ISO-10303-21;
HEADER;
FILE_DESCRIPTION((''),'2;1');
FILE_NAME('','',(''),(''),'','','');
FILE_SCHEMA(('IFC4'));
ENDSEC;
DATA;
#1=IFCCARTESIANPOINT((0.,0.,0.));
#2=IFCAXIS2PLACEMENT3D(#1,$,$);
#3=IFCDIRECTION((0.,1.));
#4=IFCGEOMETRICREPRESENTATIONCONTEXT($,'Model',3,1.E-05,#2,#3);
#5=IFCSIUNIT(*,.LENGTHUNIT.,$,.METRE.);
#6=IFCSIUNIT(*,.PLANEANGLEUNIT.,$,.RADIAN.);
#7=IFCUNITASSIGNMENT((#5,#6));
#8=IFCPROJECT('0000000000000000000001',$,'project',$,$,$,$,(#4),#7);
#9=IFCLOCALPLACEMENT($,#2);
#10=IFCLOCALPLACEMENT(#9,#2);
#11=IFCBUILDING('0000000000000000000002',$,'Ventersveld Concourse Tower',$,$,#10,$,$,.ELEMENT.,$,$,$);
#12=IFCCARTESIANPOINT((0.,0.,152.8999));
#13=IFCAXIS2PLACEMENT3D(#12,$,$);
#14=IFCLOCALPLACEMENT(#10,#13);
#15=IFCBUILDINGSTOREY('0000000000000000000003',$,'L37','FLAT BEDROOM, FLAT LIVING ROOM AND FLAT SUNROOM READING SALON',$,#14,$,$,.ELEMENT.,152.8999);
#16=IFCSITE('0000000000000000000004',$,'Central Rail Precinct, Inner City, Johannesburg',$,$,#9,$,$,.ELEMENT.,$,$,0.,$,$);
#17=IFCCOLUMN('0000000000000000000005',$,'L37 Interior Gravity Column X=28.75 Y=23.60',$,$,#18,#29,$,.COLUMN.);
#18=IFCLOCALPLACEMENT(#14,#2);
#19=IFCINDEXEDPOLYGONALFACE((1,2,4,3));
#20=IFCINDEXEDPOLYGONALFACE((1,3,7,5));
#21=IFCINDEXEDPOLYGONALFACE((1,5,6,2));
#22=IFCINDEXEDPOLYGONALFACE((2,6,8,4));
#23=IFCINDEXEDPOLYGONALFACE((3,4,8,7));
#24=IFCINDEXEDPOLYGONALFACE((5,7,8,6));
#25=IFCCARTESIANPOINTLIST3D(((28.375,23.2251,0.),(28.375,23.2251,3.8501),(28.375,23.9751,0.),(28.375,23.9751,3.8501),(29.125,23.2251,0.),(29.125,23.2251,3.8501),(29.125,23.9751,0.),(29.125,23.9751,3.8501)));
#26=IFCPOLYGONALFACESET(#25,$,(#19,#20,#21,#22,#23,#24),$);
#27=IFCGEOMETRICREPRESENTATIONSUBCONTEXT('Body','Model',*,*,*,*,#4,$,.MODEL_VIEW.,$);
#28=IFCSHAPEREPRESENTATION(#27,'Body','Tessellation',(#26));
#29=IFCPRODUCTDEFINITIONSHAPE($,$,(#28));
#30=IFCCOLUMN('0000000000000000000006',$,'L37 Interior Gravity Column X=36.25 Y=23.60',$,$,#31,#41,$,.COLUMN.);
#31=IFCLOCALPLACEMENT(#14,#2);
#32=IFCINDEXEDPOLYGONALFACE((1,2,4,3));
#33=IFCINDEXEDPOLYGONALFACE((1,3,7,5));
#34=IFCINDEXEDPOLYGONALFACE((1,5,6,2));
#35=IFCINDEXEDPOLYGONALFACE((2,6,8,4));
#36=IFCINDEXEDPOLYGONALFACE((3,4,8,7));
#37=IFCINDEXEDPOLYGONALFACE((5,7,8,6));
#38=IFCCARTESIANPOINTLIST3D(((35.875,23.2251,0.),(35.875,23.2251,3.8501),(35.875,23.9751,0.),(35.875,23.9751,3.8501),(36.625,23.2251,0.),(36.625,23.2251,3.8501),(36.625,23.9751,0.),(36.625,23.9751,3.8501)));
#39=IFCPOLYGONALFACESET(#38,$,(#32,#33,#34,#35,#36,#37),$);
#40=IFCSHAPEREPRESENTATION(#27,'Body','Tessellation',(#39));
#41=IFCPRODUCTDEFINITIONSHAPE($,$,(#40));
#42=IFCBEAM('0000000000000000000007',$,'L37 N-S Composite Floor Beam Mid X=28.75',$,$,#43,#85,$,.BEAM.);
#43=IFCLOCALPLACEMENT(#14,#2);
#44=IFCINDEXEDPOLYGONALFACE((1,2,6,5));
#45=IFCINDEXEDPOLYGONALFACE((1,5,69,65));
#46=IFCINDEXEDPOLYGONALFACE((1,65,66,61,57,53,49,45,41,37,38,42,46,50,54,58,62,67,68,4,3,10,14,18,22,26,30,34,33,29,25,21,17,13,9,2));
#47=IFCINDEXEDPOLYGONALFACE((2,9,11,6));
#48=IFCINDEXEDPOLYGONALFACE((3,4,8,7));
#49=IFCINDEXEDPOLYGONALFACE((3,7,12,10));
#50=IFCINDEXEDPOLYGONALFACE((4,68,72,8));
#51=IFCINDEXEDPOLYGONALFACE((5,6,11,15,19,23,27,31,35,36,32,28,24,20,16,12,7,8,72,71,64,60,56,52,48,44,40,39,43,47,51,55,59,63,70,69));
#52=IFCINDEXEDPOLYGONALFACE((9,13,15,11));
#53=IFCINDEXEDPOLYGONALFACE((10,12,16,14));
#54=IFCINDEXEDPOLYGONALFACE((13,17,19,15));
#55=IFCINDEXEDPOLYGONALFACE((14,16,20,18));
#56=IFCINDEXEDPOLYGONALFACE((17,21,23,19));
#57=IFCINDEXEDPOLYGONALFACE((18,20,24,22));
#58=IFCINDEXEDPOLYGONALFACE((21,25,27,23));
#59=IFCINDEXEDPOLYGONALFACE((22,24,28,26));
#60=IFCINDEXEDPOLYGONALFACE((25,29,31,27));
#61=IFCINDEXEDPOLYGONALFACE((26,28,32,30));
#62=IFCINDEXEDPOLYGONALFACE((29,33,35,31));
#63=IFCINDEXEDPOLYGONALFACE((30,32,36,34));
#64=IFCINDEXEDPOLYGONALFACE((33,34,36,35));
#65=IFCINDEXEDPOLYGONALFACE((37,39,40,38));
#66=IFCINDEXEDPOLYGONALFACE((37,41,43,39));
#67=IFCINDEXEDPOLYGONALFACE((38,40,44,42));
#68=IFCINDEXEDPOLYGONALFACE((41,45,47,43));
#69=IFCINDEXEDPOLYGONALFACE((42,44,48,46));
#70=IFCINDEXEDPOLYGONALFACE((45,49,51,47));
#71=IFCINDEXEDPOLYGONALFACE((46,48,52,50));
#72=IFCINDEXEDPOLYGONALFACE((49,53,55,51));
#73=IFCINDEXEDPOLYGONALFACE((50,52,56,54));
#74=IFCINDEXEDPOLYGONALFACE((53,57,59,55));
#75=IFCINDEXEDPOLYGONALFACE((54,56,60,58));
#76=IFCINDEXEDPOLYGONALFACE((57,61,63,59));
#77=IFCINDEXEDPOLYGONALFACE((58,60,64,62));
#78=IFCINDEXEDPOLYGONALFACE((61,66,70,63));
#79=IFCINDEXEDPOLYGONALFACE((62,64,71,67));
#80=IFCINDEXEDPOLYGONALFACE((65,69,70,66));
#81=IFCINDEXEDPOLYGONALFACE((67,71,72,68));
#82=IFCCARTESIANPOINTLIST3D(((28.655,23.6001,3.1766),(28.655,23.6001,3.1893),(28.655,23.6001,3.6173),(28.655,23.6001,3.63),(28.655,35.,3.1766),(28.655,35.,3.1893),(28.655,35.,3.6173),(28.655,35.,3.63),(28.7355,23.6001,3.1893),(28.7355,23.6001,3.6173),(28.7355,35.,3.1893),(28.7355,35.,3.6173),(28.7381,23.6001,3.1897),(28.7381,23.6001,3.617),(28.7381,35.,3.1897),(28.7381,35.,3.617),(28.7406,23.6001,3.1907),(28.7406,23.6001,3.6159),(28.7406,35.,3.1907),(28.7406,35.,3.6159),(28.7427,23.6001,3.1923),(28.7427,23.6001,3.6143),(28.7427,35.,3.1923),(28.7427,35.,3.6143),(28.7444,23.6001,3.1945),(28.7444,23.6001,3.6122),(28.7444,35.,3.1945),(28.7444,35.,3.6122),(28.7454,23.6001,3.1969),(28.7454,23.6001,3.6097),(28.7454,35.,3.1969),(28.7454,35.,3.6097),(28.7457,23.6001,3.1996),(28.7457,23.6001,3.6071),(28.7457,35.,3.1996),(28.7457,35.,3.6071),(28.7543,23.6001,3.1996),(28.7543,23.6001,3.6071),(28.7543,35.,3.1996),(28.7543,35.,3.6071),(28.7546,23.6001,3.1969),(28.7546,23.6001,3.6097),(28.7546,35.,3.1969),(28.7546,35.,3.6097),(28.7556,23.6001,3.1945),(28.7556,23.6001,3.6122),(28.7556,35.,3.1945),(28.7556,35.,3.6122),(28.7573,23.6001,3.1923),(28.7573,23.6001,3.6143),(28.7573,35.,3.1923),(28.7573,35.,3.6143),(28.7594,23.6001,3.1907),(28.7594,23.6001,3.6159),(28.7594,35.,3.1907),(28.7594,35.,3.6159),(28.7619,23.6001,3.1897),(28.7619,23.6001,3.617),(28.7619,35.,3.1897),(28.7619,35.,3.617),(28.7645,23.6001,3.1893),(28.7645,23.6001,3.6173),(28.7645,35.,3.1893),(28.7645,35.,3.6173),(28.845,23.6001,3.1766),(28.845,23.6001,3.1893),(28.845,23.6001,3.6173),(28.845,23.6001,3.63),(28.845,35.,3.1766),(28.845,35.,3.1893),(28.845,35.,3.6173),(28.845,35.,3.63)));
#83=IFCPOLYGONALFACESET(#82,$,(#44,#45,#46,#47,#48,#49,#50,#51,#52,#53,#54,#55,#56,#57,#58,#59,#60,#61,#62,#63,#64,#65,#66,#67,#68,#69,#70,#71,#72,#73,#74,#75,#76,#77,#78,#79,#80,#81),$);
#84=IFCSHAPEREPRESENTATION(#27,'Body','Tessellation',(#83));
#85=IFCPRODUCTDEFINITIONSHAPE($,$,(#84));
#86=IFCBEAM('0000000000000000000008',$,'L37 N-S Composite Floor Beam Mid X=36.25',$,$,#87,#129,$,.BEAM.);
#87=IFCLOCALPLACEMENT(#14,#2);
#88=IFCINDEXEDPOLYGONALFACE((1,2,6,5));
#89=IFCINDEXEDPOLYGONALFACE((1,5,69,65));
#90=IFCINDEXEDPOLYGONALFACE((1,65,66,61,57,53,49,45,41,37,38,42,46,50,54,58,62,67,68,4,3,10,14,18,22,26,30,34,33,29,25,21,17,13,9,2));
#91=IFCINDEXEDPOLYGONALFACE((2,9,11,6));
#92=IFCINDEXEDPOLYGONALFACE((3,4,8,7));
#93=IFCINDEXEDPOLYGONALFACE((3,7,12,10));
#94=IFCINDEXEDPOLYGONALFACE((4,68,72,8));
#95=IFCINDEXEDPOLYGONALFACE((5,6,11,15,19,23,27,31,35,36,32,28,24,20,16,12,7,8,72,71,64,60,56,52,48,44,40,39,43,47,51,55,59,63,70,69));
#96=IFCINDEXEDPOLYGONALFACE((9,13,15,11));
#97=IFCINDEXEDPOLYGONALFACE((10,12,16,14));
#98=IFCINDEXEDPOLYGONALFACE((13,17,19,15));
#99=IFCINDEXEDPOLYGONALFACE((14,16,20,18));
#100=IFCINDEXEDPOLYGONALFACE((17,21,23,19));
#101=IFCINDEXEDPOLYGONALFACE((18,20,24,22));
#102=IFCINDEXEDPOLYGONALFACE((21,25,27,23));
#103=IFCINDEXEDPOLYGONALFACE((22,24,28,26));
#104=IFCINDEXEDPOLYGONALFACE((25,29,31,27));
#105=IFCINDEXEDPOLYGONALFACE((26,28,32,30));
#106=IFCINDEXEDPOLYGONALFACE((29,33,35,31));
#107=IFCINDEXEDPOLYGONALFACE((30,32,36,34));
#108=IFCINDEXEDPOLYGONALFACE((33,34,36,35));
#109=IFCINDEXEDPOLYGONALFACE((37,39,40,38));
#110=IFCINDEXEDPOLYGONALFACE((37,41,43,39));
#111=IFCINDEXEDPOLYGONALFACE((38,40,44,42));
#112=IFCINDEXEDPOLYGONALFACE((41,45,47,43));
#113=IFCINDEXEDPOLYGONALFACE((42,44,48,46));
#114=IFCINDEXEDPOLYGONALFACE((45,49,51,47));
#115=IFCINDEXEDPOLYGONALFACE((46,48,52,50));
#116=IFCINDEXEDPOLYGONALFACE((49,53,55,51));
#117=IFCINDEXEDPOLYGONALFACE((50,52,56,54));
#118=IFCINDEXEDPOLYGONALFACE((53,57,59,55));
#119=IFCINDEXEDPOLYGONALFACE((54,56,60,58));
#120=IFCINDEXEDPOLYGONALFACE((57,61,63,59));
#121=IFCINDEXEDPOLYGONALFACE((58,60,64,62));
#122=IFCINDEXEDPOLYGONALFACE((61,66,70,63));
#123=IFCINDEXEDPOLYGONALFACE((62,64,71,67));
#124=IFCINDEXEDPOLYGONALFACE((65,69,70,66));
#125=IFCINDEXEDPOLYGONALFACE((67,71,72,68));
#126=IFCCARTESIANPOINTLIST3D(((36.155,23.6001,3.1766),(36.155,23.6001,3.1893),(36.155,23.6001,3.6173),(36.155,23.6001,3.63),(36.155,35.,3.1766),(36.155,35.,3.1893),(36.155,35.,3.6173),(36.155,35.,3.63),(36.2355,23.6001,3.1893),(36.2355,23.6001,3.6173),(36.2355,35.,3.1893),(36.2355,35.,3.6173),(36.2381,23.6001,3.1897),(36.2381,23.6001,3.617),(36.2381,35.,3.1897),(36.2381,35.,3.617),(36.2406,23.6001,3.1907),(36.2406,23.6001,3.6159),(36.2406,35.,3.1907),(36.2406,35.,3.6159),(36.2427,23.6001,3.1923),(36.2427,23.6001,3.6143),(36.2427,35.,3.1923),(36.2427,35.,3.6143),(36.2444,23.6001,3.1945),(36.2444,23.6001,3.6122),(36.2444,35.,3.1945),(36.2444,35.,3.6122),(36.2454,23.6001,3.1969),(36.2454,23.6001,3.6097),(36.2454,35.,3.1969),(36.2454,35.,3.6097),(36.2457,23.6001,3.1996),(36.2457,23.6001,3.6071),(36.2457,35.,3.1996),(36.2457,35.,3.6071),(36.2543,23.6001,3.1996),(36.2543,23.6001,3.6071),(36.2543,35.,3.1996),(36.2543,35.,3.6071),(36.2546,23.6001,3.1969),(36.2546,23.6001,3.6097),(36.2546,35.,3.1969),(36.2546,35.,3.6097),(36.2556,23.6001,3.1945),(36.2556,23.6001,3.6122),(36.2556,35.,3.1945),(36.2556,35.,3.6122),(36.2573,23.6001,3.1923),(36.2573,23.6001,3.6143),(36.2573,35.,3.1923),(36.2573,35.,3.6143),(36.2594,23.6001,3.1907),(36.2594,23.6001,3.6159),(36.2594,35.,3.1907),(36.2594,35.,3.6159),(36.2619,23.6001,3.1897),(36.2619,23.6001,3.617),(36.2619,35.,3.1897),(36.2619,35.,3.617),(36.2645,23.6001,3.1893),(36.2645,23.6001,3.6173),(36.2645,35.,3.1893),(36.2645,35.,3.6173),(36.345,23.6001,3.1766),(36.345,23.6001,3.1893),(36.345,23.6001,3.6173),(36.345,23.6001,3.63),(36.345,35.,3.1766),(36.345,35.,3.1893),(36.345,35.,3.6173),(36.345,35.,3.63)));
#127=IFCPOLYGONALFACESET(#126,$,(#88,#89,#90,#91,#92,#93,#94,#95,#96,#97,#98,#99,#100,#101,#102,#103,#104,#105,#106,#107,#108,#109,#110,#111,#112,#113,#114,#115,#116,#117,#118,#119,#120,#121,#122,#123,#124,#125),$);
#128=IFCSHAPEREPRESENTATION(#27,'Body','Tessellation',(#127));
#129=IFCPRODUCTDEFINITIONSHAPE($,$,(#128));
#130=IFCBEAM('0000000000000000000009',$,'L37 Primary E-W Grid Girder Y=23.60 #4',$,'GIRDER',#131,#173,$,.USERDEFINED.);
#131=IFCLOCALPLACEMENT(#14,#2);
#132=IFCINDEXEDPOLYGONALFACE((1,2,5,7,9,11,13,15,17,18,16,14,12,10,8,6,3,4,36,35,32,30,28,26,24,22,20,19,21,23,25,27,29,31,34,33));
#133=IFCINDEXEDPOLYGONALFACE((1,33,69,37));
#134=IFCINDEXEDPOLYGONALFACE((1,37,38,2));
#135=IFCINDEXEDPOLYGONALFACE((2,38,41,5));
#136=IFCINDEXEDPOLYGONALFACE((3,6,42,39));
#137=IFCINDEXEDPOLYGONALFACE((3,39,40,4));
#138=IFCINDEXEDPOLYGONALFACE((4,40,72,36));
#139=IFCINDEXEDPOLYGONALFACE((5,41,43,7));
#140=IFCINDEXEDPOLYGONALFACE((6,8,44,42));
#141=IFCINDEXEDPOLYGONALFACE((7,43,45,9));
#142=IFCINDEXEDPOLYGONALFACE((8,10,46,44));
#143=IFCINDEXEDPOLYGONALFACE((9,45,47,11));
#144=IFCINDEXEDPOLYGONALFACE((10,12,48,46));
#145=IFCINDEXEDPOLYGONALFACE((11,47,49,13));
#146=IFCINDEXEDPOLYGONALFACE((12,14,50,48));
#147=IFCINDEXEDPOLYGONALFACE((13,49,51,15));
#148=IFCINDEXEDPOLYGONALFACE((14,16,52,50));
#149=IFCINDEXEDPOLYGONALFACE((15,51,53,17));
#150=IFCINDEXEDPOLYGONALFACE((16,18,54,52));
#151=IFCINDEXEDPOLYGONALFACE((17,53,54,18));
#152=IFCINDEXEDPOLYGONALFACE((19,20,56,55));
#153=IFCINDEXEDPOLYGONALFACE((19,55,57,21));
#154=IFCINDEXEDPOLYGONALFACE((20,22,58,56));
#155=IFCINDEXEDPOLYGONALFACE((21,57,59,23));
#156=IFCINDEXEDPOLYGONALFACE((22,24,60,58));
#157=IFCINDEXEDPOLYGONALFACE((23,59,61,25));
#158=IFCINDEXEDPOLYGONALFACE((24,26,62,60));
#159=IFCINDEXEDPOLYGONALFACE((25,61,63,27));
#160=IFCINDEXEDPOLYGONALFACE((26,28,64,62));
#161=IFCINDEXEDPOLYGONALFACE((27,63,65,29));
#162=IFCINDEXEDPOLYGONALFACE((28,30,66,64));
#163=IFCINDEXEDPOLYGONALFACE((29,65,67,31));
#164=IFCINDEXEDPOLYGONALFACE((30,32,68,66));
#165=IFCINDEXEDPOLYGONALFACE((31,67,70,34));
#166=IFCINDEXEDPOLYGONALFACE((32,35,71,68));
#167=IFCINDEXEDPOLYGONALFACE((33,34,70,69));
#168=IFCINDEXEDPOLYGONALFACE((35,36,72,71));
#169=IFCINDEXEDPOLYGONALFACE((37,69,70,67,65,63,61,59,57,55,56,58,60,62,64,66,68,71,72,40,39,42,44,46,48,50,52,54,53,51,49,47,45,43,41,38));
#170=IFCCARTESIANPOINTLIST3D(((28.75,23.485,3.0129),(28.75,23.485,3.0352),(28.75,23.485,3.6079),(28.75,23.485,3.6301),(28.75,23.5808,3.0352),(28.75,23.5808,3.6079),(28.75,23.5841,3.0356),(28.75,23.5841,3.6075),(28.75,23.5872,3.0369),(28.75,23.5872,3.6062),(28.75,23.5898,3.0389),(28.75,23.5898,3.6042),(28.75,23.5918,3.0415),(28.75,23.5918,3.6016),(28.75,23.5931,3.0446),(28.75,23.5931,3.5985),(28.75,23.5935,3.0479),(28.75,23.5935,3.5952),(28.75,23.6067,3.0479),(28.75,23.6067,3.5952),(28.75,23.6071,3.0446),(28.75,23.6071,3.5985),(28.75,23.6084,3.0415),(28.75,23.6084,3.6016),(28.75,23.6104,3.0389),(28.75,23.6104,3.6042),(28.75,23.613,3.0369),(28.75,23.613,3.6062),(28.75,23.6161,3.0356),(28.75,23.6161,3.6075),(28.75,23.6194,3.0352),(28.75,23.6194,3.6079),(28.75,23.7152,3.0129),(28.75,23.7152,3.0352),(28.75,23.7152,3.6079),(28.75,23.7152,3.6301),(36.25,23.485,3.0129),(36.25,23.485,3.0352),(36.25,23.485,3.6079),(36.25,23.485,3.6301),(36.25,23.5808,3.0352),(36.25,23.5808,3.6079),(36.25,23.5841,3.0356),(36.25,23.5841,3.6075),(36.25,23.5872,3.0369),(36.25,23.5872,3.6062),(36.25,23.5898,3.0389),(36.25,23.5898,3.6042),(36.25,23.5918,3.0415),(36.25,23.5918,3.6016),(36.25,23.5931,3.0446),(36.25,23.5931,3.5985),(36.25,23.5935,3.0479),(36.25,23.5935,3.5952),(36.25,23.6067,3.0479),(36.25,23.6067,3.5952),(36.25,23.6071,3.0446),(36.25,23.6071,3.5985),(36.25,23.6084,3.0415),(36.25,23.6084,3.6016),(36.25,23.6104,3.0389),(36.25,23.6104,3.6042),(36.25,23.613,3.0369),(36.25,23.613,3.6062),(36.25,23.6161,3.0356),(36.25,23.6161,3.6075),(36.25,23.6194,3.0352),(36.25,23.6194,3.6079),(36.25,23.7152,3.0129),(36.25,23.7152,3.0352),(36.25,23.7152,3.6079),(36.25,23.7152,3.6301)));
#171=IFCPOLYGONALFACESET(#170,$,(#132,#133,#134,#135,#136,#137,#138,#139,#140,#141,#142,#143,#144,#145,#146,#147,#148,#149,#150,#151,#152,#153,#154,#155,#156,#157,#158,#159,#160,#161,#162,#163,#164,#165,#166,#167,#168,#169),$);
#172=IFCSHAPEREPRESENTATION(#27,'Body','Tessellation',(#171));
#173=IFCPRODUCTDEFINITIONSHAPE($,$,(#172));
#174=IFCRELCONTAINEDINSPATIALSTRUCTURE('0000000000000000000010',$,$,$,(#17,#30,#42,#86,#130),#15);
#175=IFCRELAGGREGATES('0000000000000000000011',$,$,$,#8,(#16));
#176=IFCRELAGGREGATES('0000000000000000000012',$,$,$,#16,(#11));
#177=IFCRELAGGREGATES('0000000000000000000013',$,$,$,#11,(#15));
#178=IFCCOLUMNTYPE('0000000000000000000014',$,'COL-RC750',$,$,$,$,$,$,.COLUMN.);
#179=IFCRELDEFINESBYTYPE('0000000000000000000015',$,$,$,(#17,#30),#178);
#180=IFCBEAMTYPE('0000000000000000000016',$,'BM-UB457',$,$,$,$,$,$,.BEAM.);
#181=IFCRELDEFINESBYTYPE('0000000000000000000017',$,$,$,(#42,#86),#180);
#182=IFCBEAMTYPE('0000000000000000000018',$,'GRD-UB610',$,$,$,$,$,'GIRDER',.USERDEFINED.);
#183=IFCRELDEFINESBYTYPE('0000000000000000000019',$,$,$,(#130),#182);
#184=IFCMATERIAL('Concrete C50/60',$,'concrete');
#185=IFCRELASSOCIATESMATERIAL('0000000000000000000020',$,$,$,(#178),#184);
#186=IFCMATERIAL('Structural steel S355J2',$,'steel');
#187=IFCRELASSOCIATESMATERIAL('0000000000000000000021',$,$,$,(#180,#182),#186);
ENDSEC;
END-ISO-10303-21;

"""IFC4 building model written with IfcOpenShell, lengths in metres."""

from ifc_helpers import new_model, si_unit, direction, frame, origin, origin_2d, place, context, subcontext, project, spatial, rectangle, i_section, extrude, material, material_profile, profile_set, type_object, element, save


model = new_model("IFC4")

# Units and contexts
model_context = context("Model", 3, precision=1e-05, world=origin(), true_north=direction((0.0, 1.0)))
body_context = subcontext(model_context, "Body", "Model", "MODEL_VIEW")
ifc_project = project(units=[si_unit("LENGTHUNIT", "METRE"), si_unit("PLANEANGLEUNIT", "RADIAN")], contexts=[model_context])

# Site, building, storey
site_placement = place(None, origin())
site = spatial("IfcSite", under=ifc_project, at=site_placement, Name="Central Rail Precinct, Inner City, Johannesburg", CompositionType="ELEMENT", RefElevation=0.0)
building_placement = place(site_placement, origin())
building = spatial("IfcBuilding", under=site, at=building_placement, Name="Ventersveld Concourse Tower", CompositionType="ELEMENT")
storey_placement = place(building_placement, frame((0.0, 0.0, 152.8999)))
storey = spatial("IfcBuildingStorey", under=building, at=storey_placement, Name="L37", Description="FLAT BEDROOM, FLAT LIVING ROOM AND FLAT SUNROOM READING SALON", CompositionType="ELEMENT", Elevation=152.8999)

# Columns
ifc_material_1 = material(Name="Concrete C50/60", Category="concrete")
ifc_material_profile_1 = material_profile(ifc_material_1, rectangle(XDim=0.75, YDim=0.75, at=origin_2d()), Name="RC 750x750")
ifc_profile_set_1 = profile_set([ifc_material_profile_1], Name="Concrete C50/60")
column_type = type_object("IfcColumnType", Name="COL-RC750", PredefinedType="COLUMN", material=ifc_profile_set_1)
for number, where, z_axis, x_axis, name in (
    (1, (28.75, 23.6001, 0.0), (0.0, 0.0, 1.0), (1.0, 0.0, 0.0), "L37 Interior Gravity Column X=28.75 Y=23.60"),
    (2, (36.25, 23.6001, 0.0), (0.0, 0.0, 1.0), (1.0, 0.0, 0.0), "L37 Interior Gravity Column X=36.25 Y=23.60"),
):
    element("IfcColumn", number, at=place(storey_placement, frame(where, z_axis=z_axis, x_axis=x_axis)), inside=storey, type_object=column_type, Name=name, PredefinedType="COLUMN", context=body_context, shape_type="SweptSolid", body=[
        extrude(rectangle(XDim=0.75, YDim=0.75, at=origin_2d()), origin(), (0.0, 0.0, 1.0), 3.8501),
    ])

# Beams
ifc_material_2 = material(Name="Structural steel S355J2", Category="steel")
ifc_material_profile_2 = material_profile(ifc_material_2, i_section(OverallWidth=0.1899, OverallDepth=0.4534, WebThickness=0.0085, FlangeThickness=0.0127, FilletRadius=0.0103, at=origin_2d()), Name="UB 457x191x67")
ifc_profile_set_2 = profile_set([ifc_material_profile_2], Name="Structural steel S355J2")
beam_type_1 = type_object("IfcBeamType", Name="BM-UB457", PredefinedType="BEAM", material=ifc_profile_set_2)
for number, where, z_axis, x_axis, name in (
    (3, (28.75, 23.6001, 3.4033), (0.0, 1.0, 0.0), (-1.0, 0.0, 0.0), "L37 N-S Composite Floor Beam Mid X=28.75"),
    (4, (36.25, 23.6001, 3.4033), (0.0, 1.0, 0.0), (-1.0, 0.0, 0.0), "L37 N-S Composite Floor Beam Mid X=36.25"),
):
    element("IfcBeam", number, at=place(storey_placement, frame(where, z_axis=z_axis, x_axis=x_axis)), inside=storey, type_object=beam_type_1, Name=name, PredefinedType="BEAM", context=body_context, shape_type="SweptSolid", body=[
        extrude(i_section(OverallWidth=0.1899, OverallDepth=0.4534, WebThickness=0.0085, FlangeThickness=0.0127, FilletRadius=0.0103, at=origin_2d()), origin(), (0.0, 0.0, 1.0), 11.3999),
    ])
ifc_material_profile_3 = material_profile(ifc_material_2, i_section(OverallWidth=0.2302, OverallDepth=0.6172, WebThickness=0.0132, FlangeThickness=0.0222, FilletRadius=0.0127, at=origin_2d()), Name="UB 610x229x140")
ifc_profile_set_3 = profile_set([ifc_material_profile_3], Name="Structural steel S355J2")
beam_type_2 = type_object("IfcBeamType", Name="GRD-UB610", ElementType="GIRDER", PredefinedType="USERDEFINED", material=ifc_profile_set_3)
for number, where, z_axis, x_axis, name in (
    (5, (28.75, 23.6001, 3.3215), (1.0, 0.0, 0.0), (0.0, 1.0, 0.0), "L37 Primary E-W Grid Girder Y=23.60 #4"),
):
    element("IfcBeam", number, at=place(storey_placement, frame(where, z_axis=z_axis, x_axis=x_axis)), inside=storey, type_object=beam_type_2, Name=name, ObjectType="GIRDER", PredefinedType="USERDEFINED", context=body_context, shape_type="SweptSolid", body=[
        extrude(i_section(OverallWidth=0.2302, OverallDepth=0.6172, WebThickness=0.0132, FlangeThickness=0.0222, FilletRadius=0.0127, at=origin_2d()), origin(), (0.0, 0.0, 1.0), 7.5),
    ])

save(model, "model.ifc")
